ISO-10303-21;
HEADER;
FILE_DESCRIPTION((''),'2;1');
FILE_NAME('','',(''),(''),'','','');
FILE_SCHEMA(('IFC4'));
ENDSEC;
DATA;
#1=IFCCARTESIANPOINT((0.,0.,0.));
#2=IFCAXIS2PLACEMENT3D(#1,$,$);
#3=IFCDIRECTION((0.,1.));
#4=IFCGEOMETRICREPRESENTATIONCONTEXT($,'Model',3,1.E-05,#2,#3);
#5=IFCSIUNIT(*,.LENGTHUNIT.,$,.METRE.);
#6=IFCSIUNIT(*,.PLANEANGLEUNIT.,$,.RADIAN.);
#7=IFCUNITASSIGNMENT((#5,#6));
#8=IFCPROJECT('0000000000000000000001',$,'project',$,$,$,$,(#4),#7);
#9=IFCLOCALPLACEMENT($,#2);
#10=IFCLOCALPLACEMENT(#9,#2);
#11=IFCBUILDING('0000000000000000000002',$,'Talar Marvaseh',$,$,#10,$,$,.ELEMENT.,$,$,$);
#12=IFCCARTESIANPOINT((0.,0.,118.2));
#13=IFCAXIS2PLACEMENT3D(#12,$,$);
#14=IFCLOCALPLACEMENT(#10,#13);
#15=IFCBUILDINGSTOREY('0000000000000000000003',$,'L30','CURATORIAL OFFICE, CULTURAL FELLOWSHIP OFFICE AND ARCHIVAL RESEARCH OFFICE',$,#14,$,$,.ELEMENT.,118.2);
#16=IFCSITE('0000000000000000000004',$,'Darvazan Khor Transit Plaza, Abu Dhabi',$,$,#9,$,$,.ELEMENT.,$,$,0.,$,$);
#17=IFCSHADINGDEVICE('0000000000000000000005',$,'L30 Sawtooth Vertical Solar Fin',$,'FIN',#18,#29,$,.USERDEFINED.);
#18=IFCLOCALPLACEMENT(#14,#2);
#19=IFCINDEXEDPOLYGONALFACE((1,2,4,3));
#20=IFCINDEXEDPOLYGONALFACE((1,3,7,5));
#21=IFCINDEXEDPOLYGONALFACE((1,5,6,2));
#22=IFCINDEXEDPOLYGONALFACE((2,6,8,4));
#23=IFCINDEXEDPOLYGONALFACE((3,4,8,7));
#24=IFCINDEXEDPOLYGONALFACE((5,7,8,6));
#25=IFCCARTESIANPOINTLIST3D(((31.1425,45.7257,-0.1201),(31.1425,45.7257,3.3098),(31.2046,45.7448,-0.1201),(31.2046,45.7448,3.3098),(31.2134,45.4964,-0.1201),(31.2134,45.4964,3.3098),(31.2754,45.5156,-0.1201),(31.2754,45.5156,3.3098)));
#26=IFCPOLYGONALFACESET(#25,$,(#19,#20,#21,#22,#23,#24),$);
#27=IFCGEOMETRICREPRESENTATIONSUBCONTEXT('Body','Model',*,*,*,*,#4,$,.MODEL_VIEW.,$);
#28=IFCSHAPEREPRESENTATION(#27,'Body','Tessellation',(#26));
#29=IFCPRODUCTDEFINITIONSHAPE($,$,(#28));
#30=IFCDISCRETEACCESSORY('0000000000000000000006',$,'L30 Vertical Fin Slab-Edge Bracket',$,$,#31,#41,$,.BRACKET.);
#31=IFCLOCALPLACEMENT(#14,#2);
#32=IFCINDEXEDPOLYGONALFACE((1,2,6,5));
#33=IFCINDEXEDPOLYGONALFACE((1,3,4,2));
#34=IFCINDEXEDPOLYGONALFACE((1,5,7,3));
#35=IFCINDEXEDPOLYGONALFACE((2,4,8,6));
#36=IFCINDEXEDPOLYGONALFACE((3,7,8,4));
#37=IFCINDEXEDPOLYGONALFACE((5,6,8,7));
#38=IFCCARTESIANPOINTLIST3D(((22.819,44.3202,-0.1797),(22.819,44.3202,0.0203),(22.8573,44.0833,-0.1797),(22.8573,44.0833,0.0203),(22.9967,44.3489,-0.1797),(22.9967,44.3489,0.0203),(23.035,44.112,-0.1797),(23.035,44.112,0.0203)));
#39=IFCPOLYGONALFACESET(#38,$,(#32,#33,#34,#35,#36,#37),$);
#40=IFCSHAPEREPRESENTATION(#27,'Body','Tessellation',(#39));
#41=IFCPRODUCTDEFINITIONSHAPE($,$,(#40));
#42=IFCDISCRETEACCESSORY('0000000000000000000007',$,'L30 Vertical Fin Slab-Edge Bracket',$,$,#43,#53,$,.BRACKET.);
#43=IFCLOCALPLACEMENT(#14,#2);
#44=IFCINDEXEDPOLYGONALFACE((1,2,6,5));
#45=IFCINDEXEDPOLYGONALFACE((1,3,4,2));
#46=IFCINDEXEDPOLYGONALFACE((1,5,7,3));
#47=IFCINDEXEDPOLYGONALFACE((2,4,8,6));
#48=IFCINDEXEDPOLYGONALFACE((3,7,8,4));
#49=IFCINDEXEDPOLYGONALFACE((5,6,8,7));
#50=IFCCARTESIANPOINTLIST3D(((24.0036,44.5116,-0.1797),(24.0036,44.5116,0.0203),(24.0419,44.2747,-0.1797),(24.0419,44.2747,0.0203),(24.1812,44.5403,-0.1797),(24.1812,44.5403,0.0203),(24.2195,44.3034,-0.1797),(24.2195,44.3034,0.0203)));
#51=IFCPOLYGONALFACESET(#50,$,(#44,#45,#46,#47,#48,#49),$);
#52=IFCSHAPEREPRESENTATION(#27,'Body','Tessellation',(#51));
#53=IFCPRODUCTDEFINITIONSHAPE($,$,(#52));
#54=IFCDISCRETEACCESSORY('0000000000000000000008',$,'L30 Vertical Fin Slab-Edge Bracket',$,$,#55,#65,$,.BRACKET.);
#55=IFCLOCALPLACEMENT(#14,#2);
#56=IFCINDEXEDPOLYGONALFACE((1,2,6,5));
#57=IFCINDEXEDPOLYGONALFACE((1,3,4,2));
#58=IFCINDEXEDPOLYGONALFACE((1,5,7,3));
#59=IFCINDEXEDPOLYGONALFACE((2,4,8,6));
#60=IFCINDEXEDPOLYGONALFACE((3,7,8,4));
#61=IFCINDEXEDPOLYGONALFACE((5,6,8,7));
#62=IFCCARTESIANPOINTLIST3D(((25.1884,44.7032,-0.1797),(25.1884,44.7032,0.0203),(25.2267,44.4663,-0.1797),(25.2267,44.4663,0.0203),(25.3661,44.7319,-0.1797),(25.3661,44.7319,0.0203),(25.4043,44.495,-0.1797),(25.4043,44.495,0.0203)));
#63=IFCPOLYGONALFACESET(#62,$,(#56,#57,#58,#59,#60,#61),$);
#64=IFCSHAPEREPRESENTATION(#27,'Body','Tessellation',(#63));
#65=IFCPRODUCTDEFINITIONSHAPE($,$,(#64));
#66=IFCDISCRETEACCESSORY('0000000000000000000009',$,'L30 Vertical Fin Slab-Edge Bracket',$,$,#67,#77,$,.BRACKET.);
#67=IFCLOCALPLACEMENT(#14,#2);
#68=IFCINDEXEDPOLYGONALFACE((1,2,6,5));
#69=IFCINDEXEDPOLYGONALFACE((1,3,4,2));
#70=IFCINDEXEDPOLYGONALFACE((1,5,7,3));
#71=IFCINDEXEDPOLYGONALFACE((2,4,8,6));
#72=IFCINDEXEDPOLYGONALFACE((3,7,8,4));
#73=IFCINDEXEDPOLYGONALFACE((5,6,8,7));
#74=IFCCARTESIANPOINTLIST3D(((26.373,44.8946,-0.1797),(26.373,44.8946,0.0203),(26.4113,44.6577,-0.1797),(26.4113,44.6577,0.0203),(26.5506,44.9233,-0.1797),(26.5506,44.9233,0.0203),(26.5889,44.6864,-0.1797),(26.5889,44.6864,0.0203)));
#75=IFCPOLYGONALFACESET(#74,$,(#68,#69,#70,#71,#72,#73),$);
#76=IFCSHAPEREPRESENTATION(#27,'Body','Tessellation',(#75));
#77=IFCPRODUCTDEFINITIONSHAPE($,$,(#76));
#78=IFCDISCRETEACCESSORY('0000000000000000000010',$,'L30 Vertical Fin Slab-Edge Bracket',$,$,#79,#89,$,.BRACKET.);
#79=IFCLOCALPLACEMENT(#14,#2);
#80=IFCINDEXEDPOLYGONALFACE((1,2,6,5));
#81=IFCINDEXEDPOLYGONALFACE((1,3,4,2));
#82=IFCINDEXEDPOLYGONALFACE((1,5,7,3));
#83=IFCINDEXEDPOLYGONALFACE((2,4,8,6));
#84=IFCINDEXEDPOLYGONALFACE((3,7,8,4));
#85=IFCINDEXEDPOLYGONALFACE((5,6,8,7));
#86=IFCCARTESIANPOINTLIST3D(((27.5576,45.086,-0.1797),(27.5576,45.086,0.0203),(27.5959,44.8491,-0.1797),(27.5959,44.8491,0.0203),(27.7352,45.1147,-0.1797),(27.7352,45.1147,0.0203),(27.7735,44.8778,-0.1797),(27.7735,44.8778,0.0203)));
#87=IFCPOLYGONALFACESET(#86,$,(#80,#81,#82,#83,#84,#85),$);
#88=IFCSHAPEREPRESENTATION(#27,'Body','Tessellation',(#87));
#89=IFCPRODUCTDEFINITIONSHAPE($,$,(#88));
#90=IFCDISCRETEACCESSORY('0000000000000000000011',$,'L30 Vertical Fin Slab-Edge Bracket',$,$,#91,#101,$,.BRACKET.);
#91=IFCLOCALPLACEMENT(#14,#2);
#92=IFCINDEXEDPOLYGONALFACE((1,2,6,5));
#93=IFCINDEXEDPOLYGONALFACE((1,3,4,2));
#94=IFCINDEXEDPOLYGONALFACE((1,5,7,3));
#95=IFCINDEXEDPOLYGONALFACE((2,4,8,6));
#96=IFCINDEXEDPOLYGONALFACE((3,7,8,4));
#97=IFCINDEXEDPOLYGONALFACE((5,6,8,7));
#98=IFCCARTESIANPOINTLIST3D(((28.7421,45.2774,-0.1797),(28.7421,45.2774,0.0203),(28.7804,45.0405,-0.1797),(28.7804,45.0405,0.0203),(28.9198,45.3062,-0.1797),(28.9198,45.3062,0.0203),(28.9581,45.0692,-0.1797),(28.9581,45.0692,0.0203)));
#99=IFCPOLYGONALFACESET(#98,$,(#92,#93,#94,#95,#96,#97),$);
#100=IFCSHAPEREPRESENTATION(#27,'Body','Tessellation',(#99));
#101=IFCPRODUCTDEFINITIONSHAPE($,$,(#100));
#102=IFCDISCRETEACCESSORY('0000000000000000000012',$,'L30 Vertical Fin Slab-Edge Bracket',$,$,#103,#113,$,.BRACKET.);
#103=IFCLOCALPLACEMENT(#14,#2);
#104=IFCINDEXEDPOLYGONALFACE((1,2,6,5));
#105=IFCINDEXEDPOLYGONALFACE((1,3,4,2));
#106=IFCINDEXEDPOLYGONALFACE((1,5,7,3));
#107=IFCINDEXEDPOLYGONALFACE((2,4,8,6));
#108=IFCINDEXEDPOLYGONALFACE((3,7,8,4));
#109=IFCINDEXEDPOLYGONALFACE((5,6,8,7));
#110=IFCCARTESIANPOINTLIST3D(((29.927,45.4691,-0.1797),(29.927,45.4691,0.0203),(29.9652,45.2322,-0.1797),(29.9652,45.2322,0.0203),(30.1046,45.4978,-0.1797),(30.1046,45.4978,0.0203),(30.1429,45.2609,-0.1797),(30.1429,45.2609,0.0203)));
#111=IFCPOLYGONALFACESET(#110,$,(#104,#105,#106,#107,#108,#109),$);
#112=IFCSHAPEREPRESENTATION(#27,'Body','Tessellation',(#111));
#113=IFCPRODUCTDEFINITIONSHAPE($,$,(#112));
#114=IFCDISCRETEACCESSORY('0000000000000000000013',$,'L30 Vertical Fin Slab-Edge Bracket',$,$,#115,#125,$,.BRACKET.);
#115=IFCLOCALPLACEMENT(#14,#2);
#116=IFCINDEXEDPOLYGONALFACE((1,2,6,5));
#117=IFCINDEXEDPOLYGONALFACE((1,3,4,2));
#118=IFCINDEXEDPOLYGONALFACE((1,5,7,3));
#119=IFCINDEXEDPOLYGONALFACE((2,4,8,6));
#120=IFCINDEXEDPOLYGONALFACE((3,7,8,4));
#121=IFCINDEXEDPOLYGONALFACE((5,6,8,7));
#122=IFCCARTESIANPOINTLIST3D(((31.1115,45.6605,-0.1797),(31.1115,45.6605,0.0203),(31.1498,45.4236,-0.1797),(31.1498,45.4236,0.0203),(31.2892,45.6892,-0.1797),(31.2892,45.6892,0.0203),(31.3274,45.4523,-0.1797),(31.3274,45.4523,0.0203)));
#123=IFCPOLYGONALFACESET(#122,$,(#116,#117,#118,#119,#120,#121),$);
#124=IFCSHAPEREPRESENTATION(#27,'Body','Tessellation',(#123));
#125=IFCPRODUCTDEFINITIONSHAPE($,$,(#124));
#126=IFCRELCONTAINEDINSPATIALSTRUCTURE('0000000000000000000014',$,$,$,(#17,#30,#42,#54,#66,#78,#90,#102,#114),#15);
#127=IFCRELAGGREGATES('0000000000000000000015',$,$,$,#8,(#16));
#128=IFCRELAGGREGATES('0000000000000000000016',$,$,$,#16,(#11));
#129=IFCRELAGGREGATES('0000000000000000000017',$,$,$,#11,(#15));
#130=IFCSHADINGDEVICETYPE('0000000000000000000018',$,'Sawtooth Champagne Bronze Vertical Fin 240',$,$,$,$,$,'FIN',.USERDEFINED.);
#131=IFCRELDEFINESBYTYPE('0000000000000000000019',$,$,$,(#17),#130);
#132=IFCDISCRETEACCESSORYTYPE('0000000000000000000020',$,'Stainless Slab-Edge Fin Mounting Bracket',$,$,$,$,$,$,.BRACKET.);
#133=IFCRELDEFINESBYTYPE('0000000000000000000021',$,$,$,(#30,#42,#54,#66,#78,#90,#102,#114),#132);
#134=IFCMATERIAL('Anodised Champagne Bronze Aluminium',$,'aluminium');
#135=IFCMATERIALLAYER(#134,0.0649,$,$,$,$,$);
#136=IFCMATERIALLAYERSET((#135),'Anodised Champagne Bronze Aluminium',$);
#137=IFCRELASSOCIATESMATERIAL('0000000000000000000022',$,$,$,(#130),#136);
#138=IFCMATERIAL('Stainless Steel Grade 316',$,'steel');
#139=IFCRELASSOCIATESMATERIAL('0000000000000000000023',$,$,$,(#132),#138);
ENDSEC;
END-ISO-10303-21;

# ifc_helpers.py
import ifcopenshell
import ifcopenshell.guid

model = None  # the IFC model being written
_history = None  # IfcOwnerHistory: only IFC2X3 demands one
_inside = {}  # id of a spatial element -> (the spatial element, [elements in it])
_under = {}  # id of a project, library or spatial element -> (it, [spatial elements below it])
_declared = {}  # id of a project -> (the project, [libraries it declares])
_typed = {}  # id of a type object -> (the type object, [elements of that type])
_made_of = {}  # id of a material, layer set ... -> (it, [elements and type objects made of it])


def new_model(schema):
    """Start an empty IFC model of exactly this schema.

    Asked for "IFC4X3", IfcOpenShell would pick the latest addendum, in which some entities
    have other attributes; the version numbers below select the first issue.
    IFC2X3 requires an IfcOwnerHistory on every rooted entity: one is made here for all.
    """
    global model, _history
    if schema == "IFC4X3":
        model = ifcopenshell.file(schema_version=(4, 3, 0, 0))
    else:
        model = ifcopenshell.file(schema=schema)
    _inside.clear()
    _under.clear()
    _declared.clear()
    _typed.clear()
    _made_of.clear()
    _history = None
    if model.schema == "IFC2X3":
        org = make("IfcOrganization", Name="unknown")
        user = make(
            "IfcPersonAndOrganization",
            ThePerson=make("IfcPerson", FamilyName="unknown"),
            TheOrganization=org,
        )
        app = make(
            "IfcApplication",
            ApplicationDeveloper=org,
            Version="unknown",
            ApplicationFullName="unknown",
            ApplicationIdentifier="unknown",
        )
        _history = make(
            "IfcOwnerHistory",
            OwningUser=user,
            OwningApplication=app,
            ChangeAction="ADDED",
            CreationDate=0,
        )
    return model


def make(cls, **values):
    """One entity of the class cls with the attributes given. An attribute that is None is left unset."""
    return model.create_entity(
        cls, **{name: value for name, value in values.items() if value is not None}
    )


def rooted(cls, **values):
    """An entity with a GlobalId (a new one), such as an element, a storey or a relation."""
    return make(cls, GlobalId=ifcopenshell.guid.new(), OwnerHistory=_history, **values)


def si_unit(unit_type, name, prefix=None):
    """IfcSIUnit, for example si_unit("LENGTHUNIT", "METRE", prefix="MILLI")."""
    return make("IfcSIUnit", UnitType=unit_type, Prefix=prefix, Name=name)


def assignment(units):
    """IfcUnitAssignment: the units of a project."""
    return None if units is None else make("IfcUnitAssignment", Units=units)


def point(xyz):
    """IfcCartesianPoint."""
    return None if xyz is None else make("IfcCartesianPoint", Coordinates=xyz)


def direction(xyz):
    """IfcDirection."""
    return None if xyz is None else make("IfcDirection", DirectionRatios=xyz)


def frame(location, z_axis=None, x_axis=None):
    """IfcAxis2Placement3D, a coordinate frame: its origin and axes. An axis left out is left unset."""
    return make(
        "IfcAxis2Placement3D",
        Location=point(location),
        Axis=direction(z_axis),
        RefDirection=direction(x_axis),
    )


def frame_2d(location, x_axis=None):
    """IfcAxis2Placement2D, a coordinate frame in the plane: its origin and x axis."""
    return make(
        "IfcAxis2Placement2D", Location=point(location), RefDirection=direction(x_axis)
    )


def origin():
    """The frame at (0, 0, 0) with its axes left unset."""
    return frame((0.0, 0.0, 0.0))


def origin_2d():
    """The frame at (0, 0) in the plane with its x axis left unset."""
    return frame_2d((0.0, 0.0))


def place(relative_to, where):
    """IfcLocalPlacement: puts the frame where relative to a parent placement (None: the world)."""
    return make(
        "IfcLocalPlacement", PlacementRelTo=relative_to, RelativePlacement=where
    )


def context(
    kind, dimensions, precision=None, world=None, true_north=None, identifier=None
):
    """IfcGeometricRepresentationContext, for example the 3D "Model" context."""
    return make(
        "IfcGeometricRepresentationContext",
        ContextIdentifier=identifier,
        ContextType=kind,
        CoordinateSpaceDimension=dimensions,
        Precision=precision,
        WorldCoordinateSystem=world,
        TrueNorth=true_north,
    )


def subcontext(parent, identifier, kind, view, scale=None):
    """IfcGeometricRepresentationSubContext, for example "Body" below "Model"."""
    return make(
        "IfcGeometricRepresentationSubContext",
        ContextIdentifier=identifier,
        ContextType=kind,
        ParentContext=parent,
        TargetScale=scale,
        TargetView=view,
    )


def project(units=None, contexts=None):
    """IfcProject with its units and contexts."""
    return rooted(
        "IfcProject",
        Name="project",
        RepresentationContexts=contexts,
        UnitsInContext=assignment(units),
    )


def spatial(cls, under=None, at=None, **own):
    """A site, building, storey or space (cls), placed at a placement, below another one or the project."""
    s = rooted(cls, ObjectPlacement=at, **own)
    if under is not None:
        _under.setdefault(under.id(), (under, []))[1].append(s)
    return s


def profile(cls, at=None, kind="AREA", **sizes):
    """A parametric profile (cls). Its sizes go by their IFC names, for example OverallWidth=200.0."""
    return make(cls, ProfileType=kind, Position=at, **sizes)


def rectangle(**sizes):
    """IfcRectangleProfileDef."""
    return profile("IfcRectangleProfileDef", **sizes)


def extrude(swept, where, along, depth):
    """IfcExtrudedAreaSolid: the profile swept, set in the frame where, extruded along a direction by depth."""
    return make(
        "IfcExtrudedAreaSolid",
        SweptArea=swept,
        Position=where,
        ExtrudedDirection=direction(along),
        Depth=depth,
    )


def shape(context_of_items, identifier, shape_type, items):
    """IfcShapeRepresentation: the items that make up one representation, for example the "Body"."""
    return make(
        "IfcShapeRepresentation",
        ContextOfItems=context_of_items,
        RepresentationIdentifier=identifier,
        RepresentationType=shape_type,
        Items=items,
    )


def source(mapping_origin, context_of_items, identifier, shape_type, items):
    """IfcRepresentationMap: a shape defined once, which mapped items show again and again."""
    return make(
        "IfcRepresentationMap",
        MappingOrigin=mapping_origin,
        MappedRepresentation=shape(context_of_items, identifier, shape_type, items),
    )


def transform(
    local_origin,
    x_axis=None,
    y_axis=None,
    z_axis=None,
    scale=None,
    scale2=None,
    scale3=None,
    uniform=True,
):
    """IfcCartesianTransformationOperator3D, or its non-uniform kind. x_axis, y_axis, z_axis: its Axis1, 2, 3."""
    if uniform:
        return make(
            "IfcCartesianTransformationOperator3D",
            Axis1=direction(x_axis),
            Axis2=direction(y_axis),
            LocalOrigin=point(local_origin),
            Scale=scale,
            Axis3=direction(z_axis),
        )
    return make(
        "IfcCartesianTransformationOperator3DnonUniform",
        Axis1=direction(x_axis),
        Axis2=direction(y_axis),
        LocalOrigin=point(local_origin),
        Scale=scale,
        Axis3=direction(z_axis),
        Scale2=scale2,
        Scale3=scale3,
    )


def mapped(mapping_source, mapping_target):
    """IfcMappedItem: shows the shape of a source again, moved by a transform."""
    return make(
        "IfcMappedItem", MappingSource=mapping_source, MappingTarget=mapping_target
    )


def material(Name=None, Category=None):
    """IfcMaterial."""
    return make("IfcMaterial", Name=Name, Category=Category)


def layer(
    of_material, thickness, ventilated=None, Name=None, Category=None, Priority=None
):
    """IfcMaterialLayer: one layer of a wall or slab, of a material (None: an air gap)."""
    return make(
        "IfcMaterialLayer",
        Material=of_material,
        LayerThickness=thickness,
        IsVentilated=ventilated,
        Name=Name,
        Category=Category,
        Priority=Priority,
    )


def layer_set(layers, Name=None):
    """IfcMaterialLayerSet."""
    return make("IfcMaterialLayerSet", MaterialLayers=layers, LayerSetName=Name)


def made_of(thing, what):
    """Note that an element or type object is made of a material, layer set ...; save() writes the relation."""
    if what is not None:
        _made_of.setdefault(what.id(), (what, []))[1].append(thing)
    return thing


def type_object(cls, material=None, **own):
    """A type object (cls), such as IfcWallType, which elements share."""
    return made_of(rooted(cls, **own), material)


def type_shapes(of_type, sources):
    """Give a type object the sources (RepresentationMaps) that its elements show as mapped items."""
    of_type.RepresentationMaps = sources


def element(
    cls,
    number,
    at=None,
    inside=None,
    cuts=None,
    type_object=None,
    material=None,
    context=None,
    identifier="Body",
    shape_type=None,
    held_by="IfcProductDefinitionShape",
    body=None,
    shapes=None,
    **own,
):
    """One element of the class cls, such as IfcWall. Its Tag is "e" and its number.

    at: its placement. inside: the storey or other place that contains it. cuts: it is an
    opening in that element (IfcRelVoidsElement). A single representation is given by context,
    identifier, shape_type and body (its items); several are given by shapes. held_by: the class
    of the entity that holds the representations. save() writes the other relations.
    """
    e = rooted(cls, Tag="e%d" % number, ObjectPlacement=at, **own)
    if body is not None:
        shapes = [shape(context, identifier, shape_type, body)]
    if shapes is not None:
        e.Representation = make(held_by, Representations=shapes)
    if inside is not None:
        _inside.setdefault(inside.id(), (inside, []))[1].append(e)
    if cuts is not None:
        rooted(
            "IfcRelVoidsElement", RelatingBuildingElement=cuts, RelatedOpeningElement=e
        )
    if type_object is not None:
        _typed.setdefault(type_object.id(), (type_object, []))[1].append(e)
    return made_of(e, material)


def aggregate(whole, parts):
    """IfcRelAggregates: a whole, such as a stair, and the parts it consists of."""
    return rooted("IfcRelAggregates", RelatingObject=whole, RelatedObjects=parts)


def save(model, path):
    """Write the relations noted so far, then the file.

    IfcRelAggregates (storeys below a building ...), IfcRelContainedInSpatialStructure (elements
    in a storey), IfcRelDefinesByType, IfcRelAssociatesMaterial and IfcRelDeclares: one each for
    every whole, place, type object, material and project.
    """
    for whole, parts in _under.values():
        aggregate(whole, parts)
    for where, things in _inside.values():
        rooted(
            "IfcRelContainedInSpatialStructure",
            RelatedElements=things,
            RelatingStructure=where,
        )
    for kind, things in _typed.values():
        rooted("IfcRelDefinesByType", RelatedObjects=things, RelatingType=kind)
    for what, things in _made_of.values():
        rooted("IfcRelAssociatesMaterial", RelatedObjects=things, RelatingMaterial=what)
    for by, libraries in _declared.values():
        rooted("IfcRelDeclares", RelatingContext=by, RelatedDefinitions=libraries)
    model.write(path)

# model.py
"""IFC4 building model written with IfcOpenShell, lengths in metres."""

from ifc_helpers import new_model, si_unit, direction, frame, origin, origin_2d, place, context, subcontext, project, spatial, rectangle, extrude, source, transform, mapped, material, layer, layer_set, type_object, type_shapes, element, save


model = new_model("IFC4")

# Units and contexts
model_context = context("Model", 3, precision=1e-05, world=origin(), true_north=direction((0.0, 1.0)))
body_context = subcontext(model_context, "Body", "Model", "MODEL_VIEW")
ifc_project = project(units=[si_unit("LENGTHUNIT", "METRE"), si_unit("PLANEANGLEUNIT", "RADIAN")], contexts=[model_context])

# Site, building, storey
site_placement = place(None, origin())
site = spatial("IfcSite", under=ifc_project, at=site_placement, Name="Darvazan Khor Transit Plaza, Abu Dhabi", CompositionType="ELEMENT", RefElevation=0.0)
building_placement = place(site_placement, origin())
building = spatial("IfcBuilding", under=site, at=building_placement, Name="Talar Marvaseh", CompositionType="ELEMENT")
storey_placement = place(building_placement, frame((0.0, 0.0, 118.2)))
storey = spatial("IfcBuildingStorey", under=building, at=storey_placement, Name="L30", Description="CURATORIAL OFFICE, CULTURAL FELLOWSHIP OFFICE AND ARCHIVAL RESEARCH OFFICE", CompositionType="ELEMENT", Elevation=118.2)

# Shading device
ifc_material_1 = material(Name="Anodised Champagne Bronze Aluminium", Category="aluminium")
ifc_layer_1 = layer(ifc_material_1, 0.0649)
ifc_layer_set_1 = layer_set([ifc_layer_1], Name="Anodised Champagne Bronze Aluminium")
shading_device_type = type_object("IfcShadingDeviceType", Name="Sawtooth Champagne Bronze Vertical Fin 240", ElementType="FIN", PredefinedType="USERDEFINED", material=ifc_layer_set_1)
shared_shape_1 = source(origin(), body_context, "Body", "SweptSolid", [
    extrude(rectangle(XDim=0.24, YDim=0.0649, at=origin_2d()), origin(), (0.0, 0.0, 1.0), 3.4299),
])
type_shapes(shading_device_type, [shared_shape_1])
for number, where, z_axis, x_axis, name in (
    (1, (31.209, 45.6206, -0.1201), (0.0, 0.0, 1.0), (-0.295375, 0.955382, 0.0), "L30 Sawtooth Vertical Solar Fin"),
):
    element("IfcShadingDevice", number, at=place(storey_placement, frame(where, z_axis=z_axis, x_axis=x_axis)), inside=storey, type_object=shading_device_type, Name=name, ObjectType="FIN", PredefinedType="USERDEFINED", context=body_context, shape_type="MappedRepresentation", body=[
        mapped(shared_shape_1, transform((0.0, 0.0, 0.0), x_axis=(1.0, 0.0, 0.0), y_axis=(0.0, 1.0, 0.0), z_axis=(0.0, 0.0, 1.0), scale=1.0)),
    ])

# Discrete accessories
ifc_material_2 = material(Name="Stainless Steel Grade 316", Category="steel")
discrete_accessory_type = type_object("IfcDiscreteAccessoryType", Name="Stainless Slab-Edge Fin Mounting Bracket", PredefinedType="BRACKET", material=ifc_material_2)
shared_shape_2 = source(origin(), body_context, "Body", "SweptSolid", [
    extrude(rectangle(XDim=0.24, YDim=0.1799, at=origin_2d()), origin(), (0.0, 0.0, 1.0), 0.2),
])
type_shapes(discrete_accessory_type, [shared_shape_2])
for number, where, z_axis, x_axis, name in (
    (2, (22.927, 44.2161, -0.1797), (0.0, 0.0, 1.0), (-0.159537, 0.987192, 0.0), "L30 Vertical Fin Slab-Edge Bracket"),
    (3, (24.1116, 44.4075, -0.1797), (0.0, 0.0, 1.0), (-0.159537, 0.987192, 0.0), "L30 Vertical Fin Slab-Edge Bracket"),
    (4, (25.2964, 44.5991, -0.1797), (0.0, 0.0, 1.0), (-0.159537, 0.987192, 0.0), "L30 Vertical Fin Slab-Edge Bracket"),
    (5, (26.481, 44.7905, -0.1797), (0.0, 0.0, 1.0), (-0.159537, 0.987192, 0.0), "L30 Vertical Fin Slab-Edge Bracket"),
    (6, (27.6655, 44.9819, -0.1797), (0.0, 0.0, 1.0), (-0.159537, 0.987192, 0.0), "L30 Vertical Fin Slab-Edge Bracket"),
    (7, (28.8501, 45.1733, -0.1797), (0.0, 0.0, 1.0), (-0.159537, 0.987192, 0.0), "L30 Vertical Fin Slab-Edge Bracket"),
    (8, (30.0349, 45.365, -0.1797), (0.0, 0.0, 1.0), (-0.159537, 0.987192, 0.0), "L30 Vertical Fin Slab-Edge Bracket"),
    (9, (31.2195, 45.5564, -0.1797), (0.0, 0.0, 1.0), (-0.159537, 0.987192, 0.0), "L30 Vertical Fin Slab-Edge Bracket"),
):
    element("IfcDiscreteAccessory", number, at=place(storey_placement, frame(where, z_axis=z_axis, x_axis=x_axis)), inside=storey, type_object=discrete_accessory_type, Name=name, PredefinedType="BRACKET", context=body_context, shape_type="MappedRepresentation", body=[
        mapped(shared_shape_2, transform((0.0, 0.0, 0.0), x_axis=(1.0, 0.0, 0.0), y_axis=(0.0, 1.0, 0.0), z_axis=(0.0, 0.0, 1.0), scale=1.0)),
    ])

save(model, "model.ifc")
